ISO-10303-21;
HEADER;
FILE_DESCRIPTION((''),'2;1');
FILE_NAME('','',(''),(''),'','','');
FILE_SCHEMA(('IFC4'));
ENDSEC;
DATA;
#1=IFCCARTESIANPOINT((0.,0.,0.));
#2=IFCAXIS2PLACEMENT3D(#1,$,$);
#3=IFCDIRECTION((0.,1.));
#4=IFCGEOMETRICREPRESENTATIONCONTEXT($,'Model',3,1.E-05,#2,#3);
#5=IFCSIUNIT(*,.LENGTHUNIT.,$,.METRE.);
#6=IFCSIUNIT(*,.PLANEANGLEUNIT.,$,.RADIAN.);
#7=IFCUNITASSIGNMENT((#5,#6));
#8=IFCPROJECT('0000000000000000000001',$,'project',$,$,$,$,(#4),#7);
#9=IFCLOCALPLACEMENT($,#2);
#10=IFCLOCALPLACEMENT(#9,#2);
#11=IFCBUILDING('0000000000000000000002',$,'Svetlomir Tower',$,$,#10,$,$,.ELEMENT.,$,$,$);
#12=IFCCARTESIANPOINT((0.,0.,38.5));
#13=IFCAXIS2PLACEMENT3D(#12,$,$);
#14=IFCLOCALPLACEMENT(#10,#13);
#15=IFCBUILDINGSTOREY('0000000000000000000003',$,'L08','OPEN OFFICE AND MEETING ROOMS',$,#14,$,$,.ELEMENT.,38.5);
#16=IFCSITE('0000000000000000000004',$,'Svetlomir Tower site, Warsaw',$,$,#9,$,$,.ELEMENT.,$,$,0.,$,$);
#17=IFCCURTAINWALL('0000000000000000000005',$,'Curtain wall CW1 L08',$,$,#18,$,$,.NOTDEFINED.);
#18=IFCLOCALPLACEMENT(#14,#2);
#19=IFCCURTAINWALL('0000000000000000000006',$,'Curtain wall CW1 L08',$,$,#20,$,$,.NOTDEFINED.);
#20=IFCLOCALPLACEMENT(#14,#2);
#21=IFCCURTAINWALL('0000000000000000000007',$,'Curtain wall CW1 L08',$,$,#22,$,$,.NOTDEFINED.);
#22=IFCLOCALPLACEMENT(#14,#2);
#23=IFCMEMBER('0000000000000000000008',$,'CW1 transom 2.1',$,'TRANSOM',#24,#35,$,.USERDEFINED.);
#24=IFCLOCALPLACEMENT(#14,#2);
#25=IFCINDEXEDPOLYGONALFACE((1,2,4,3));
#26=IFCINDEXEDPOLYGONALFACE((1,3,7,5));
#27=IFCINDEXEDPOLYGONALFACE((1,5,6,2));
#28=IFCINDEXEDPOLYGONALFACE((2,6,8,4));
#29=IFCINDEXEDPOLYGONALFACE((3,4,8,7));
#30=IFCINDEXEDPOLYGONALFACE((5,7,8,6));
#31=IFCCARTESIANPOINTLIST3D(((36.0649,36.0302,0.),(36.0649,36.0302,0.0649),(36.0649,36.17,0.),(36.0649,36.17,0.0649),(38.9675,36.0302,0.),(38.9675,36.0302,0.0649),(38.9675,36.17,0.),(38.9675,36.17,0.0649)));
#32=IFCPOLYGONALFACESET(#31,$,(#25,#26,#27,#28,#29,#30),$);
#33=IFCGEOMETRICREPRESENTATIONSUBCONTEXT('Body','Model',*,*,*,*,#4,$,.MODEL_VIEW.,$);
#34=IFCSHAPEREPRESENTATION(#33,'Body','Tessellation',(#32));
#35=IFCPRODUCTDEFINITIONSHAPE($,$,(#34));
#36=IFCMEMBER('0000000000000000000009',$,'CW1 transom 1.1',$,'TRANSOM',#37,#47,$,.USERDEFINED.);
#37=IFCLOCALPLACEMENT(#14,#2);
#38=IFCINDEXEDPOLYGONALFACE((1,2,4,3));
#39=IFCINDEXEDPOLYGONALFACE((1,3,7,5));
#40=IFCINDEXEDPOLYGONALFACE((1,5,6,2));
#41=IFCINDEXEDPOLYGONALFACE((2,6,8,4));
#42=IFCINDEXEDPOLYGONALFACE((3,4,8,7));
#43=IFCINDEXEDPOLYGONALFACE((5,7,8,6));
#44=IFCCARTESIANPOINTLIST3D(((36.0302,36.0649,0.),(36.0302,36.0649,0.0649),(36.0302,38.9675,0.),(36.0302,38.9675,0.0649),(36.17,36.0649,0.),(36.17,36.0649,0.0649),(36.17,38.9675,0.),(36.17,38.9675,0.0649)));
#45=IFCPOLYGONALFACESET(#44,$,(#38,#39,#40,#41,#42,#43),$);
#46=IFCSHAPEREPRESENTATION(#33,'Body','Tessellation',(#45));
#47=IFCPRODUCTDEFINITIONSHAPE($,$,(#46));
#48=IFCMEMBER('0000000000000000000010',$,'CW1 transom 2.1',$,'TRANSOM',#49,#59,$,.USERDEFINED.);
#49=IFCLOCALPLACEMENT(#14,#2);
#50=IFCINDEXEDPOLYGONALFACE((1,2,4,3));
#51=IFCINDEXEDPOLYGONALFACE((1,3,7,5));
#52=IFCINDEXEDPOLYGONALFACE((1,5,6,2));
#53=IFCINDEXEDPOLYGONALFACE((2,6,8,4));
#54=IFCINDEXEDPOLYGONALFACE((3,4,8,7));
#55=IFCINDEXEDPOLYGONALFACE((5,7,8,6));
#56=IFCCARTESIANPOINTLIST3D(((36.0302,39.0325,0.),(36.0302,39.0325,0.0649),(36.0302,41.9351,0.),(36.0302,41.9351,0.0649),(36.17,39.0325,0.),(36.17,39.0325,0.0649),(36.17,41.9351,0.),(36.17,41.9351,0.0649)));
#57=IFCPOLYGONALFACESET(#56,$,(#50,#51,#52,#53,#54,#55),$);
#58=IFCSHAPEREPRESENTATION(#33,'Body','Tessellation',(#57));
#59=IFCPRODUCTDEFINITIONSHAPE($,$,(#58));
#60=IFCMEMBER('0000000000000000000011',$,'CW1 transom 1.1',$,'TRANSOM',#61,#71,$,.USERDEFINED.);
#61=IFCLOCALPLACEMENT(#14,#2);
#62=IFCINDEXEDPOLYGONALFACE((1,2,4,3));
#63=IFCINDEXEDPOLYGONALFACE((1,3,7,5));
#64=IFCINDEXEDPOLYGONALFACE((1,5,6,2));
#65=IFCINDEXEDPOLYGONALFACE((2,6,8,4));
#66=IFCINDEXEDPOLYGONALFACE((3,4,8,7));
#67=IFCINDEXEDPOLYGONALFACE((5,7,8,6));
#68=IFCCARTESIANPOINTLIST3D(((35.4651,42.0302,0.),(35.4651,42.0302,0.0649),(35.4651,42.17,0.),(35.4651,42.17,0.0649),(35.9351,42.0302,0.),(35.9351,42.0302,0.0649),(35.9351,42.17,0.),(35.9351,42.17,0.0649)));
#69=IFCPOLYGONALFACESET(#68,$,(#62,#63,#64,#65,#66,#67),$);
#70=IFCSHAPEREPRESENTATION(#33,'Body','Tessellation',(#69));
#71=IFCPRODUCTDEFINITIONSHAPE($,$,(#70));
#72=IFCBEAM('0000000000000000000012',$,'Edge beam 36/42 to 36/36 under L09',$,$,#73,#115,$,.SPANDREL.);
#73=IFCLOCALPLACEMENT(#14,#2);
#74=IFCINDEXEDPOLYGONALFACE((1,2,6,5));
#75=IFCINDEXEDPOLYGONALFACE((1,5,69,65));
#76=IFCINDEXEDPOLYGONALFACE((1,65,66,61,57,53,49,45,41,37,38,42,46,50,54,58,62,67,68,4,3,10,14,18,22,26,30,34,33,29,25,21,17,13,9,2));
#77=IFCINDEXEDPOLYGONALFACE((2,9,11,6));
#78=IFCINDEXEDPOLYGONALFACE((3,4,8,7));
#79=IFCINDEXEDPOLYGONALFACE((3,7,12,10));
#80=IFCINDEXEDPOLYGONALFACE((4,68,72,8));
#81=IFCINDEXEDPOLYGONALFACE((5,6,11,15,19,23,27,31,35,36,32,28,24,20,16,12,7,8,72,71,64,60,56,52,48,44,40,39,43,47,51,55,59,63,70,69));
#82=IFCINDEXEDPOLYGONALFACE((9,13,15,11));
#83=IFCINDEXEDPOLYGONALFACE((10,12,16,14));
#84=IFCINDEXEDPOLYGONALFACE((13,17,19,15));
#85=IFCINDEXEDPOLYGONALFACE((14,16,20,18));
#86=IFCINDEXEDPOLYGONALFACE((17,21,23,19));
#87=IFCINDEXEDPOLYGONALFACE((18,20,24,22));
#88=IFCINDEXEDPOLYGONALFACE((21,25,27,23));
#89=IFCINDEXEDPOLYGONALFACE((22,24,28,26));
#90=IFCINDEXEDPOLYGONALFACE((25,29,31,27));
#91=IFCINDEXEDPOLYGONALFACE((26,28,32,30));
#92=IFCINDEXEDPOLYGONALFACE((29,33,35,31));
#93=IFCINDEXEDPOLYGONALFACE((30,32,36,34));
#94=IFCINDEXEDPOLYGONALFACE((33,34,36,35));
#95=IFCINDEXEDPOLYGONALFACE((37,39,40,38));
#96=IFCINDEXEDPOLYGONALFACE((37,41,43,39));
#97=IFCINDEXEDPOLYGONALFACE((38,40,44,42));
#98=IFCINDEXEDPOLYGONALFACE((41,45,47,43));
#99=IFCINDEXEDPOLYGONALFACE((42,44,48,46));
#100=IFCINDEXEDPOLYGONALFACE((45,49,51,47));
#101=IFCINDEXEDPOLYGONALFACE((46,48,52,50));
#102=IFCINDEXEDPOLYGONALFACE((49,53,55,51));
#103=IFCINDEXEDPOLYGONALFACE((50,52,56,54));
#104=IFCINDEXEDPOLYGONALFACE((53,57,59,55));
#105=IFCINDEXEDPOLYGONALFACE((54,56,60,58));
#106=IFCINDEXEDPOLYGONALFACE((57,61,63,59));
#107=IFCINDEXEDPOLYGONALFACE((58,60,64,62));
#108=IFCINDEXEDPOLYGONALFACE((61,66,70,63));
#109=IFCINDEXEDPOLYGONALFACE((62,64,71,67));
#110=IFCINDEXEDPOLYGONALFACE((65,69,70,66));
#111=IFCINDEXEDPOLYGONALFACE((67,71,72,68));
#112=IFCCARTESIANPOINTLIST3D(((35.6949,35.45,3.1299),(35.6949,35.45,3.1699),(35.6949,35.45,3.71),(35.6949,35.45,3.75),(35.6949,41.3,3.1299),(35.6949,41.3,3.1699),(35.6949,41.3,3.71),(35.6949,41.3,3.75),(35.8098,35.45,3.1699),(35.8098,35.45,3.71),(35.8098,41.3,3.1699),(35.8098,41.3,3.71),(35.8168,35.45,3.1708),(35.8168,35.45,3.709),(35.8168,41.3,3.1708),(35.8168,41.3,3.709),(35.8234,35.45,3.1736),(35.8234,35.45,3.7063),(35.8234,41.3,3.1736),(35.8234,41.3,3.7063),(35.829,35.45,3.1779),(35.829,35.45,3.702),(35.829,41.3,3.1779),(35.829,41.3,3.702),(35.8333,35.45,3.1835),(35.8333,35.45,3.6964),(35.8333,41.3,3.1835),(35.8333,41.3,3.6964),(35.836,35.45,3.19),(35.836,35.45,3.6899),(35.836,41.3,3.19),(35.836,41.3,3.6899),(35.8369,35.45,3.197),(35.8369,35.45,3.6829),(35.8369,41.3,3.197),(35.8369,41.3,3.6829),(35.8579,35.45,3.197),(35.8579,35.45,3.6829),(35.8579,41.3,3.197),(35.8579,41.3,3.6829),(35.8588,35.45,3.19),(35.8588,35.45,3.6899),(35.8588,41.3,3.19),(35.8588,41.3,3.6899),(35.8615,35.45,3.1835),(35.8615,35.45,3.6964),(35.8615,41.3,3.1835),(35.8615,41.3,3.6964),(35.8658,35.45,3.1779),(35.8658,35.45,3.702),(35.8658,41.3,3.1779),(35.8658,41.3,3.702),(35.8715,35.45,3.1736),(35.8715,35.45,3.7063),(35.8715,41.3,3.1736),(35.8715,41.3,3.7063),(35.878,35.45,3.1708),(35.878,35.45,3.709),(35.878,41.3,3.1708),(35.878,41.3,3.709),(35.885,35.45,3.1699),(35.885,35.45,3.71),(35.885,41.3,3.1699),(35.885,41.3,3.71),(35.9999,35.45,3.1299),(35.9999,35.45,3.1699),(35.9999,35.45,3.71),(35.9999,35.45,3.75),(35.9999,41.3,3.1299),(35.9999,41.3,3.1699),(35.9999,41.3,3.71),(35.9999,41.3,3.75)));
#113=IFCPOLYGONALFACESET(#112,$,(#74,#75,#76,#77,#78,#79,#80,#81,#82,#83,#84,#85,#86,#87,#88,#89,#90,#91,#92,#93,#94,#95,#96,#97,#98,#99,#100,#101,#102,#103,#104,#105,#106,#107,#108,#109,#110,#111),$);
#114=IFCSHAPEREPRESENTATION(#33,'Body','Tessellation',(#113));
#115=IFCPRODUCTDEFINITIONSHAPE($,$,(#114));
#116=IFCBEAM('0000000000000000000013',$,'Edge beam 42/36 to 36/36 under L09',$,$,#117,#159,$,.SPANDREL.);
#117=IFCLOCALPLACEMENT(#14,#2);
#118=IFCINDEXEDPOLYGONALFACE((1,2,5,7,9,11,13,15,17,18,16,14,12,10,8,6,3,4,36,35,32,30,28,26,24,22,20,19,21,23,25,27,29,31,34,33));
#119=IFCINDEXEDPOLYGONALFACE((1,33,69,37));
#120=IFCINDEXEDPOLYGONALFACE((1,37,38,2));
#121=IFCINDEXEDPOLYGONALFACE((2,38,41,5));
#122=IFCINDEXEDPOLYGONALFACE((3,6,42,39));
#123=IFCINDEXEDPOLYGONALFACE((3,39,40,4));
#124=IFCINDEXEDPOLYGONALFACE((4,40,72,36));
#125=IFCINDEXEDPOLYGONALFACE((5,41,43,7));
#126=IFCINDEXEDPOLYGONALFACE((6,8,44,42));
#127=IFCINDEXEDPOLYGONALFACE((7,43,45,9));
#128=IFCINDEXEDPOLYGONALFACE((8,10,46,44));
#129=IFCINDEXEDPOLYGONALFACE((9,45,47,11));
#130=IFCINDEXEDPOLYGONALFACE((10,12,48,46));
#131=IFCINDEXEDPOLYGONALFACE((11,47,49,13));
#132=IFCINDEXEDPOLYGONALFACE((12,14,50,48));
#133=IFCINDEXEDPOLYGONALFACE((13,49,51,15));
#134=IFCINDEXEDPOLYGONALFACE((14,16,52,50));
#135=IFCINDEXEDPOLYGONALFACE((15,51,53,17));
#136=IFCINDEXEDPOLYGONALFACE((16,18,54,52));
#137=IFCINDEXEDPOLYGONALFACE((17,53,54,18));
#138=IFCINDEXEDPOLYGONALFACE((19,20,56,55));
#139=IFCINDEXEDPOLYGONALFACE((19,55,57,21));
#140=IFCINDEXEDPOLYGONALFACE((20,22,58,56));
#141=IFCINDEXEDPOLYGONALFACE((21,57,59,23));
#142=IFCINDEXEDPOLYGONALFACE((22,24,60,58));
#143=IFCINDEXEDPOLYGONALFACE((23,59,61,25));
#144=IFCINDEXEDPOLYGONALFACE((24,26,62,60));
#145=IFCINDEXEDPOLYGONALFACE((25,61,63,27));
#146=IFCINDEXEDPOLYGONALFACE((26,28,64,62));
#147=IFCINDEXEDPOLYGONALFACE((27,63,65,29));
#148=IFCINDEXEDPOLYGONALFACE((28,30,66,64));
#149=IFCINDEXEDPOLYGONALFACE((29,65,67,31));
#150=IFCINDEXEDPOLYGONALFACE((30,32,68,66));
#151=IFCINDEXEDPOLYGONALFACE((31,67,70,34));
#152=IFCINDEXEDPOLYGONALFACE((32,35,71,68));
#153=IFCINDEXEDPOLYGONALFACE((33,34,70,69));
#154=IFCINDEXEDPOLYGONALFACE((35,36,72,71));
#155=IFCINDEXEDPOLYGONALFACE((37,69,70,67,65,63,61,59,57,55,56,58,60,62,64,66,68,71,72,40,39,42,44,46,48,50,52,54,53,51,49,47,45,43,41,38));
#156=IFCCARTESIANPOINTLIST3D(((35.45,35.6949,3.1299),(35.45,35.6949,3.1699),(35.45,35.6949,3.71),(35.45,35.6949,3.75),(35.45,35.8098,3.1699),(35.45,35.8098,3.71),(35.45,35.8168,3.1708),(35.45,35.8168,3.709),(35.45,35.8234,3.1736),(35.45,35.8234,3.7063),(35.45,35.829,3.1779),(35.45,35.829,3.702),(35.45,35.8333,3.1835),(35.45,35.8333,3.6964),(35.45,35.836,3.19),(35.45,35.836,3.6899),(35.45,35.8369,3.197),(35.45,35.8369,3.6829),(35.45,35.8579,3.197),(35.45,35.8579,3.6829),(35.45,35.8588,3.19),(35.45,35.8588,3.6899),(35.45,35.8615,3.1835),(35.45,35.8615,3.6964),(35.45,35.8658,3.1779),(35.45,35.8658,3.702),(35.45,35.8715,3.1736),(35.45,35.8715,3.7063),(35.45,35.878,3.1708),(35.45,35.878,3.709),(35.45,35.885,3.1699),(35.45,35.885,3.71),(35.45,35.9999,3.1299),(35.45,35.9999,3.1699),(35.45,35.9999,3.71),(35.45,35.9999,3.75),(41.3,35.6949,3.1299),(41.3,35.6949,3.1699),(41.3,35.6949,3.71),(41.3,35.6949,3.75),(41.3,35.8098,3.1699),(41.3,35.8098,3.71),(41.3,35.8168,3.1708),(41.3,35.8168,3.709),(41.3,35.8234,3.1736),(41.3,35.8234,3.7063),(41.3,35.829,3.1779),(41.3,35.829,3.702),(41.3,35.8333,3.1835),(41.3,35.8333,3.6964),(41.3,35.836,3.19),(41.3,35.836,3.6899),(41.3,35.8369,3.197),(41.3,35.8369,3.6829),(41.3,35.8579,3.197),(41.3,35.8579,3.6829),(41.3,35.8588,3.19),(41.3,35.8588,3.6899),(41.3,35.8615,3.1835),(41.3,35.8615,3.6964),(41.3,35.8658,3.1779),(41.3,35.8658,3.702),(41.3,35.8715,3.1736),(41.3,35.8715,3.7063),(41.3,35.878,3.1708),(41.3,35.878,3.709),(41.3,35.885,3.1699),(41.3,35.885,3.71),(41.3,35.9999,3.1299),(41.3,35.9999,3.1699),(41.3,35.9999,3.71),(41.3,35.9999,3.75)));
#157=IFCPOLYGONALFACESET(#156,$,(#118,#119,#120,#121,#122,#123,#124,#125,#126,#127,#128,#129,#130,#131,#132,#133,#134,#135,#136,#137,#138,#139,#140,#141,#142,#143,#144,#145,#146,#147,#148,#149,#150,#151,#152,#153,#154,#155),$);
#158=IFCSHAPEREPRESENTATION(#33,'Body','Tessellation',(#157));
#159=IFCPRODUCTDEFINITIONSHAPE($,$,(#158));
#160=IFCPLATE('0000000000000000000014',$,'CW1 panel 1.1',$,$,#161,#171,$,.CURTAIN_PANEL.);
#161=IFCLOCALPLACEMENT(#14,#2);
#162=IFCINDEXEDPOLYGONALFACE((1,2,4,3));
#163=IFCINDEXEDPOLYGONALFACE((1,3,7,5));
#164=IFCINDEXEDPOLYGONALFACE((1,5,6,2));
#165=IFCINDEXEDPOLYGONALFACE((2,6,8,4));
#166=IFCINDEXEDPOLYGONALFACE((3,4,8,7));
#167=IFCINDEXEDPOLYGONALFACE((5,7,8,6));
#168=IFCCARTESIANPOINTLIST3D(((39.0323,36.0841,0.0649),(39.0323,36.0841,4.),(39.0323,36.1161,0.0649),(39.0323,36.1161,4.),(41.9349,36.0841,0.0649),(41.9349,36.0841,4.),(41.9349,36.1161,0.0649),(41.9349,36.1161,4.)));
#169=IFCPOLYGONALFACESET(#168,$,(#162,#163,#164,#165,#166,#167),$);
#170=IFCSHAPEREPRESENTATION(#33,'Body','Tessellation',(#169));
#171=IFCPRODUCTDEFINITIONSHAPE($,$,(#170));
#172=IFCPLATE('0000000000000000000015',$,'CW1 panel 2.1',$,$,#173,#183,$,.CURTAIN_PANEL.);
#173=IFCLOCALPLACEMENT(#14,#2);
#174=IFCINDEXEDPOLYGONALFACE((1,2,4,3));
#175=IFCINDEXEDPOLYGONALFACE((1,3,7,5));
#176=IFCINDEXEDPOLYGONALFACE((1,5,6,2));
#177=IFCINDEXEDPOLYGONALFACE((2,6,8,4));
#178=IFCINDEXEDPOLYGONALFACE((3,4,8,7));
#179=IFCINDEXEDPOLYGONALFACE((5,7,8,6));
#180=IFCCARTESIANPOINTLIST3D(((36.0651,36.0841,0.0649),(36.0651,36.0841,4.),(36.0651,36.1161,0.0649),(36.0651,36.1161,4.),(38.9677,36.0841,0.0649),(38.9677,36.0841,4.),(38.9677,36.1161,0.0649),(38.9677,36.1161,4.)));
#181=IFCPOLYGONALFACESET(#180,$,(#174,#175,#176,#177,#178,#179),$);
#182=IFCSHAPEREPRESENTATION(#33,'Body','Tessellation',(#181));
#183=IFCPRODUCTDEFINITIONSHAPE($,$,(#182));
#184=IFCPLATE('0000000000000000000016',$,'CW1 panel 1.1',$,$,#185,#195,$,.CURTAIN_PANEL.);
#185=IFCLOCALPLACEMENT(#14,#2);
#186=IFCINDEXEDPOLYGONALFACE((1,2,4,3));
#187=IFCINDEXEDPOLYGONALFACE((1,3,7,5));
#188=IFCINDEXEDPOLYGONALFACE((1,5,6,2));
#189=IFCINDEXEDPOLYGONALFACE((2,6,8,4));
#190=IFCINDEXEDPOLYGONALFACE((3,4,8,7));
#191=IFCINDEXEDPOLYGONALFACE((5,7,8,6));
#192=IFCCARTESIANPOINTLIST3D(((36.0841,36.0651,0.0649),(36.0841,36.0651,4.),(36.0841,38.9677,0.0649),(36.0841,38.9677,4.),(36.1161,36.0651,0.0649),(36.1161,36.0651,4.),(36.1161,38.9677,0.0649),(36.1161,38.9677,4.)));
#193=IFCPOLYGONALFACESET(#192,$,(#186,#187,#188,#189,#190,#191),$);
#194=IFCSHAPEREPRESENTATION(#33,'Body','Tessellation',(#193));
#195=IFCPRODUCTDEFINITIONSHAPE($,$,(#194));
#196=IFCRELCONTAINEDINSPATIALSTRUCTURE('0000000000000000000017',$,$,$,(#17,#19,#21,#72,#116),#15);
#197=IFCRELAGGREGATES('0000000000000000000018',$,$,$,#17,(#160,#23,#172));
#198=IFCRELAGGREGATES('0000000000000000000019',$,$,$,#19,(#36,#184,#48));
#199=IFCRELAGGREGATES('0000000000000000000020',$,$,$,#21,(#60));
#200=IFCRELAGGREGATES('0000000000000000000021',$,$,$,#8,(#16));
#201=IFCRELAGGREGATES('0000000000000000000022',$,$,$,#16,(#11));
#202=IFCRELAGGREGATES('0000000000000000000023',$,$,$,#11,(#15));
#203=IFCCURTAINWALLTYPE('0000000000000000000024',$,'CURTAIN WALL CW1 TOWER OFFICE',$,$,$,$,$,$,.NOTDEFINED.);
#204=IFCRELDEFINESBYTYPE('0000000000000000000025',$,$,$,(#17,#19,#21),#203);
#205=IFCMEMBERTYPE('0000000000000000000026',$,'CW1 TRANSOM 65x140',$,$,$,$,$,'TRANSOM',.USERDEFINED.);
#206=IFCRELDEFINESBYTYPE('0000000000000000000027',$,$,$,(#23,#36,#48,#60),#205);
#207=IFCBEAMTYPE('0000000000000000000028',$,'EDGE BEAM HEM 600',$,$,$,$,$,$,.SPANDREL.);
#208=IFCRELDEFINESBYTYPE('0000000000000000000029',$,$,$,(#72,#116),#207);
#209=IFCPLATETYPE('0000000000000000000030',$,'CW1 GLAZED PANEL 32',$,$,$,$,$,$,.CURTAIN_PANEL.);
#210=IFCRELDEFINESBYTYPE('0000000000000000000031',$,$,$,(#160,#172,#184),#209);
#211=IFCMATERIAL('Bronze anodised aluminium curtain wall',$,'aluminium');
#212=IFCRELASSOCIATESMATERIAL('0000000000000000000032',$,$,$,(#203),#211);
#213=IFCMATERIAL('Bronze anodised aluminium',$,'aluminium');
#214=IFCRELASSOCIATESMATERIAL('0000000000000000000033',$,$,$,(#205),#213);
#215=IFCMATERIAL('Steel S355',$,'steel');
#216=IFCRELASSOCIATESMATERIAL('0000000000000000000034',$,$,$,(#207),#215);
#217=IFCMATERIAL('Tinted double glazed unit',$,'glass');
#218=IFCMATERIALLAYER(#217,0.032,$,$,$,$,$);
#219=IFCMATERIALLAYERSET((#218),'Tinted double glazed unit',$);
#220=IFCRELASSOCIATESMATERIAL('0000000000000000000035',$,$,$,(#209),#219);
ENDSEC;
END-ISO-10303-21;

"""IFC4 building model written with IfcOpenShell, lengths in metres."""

from ifc_helpers import new_model, si_unit, direction, frame, origin, origin_2d, place, context, subcontext, project, spatial, rectangle, i_section, extrude, material, layer, layer_set, material_profile, profile_set, type_object, element, aggregate, save


model = new_model("IFC4")

# Units and contexts
model_context = context("Model", 3, precision=1e-05, world=origin(), true_north=direction((0.0, 1.0)))
body_context = subcontext(model_context, "Body", "Model", "MODEL_VIEW")
ifc_project = project(units=[si_unit("LENGTHUNIT", "METRE"), si_unit("PLANEANGLEUNIT", "RADIAN")], contexts=[model_context])

# Site, building, storey
site_placement = place(None, origin())
site = spatial("IfcSite", under=ifc_project, at=site_placement, Name="Svetlomir Tower site, Warsaw", CompositionType="ELEMENT", RefElevation=0.0)
building_placement = place(site_placement, origin())
building = spatial("IfcBuilding", under=site, at=building_placement, Name="Svetlomir Tower", CompositionType="ELEMENT")
storey_placement = place(building_placement, frame((0.0, 0.0, 38.5)))
storey = spatial("IfcBuildingStorey", under=building, at=storey_placement, Name="L08", Description="OPEN OFFICE AND MEETING ROOMS", CompositionType="ELEMENT", Elevation=38.5)

# Shared definitions
ifc_material_1 = material(Name="Bronze anodised aluminium curtain wall", Category="aluminium")
curtain_wall_type = type_object("IfcCurtainWallType", Name="CURTAIN WALL CW1 TOWER OFFICE", PredefinedType="NOTDEFINED", material=ifc_material_1)

# Curtain walls
curtain_wall_1_placement = place(storey_placement, origin())
curtain_wall_1 = element("IfcCurtainWall", 1, at=curtain_wall_1_placement, inside=storey, type_object=curtain_wall_type, Name="Curtain wall CW1 L08", PredefinedType="NOTDEFINED")
curtain_wall_2_placement = place(storey_placement, origin())
curtain_wall_2 = element("IfcCurtainWall", 2, at=curtain_wall_2_placement, inside=storey, type_object=curtain_wall_type, Name="Curtain wall CW1 L08", PredefinedType="NOTDEFINED")
curtain_wall_3_placement = place(storey_placement, origin())
curtain_wall_3 = element("IfcCurtainWall", 3, at=curtain_wall_3_placement, inside=storey, type_object=curtain_wall_type, Name="Curtain wall CW1 L08", PredefinedType="NOTDEFINED")

# Members
ifc_material_2 = material(Name="Bronze anodised aluminium", Category="aluminium")
ifc_material_profile_1 = material_profile(ifc_material_2, rectangle(XDim=0.1399, YDim=0.0649, at=origin_2d()), Name="AL 140x65")
ifc_profile_set_1 = profile_set([ifc_material_profile_1], Name="Bronze anodised aluminium 6063-T6")
member_type_1 = type_object("IfcMemberType", Name="CW1 TRANSOM 65x140", ElementType="TRANSOM", PredefinedType="USERDEFINED", material=ifc_profile_set_1)
member_1_placement = place(storey_placement, frame((38.9675, 36.1001, 0.0325), z_axis=(-1.0, 0.0, 0.0), x_axis=(0.0, -1.0, 0.0)))
member_1 = element("IfcMember", 4, at=member_1_placement, type_object=member_type_1, Name="CW1 transom 2.1", ObjectType="TRANSOM", PredefinedType="USERDEFINED", context=body_context, shape_type="SweptSolid", body=[
    extrude(rectangle(XDim=0.1399, YDim=0.0649, at=origin_2d()), origin(), (0.0, 0.0, 1.0), 2.9026),
])
member_2_placement = place(storey_placement, frame((36.1001, 36.0649, 0.0325), z_axis=(0.0, 1.0, 0.0), x_axis=(-1.0, 0.0, 0.0)))
member_2 = element("IfcMember", 5, at=member_2_placement, type_object=member_type_1, Name="CW1 transom 1.1", ObjectType="TRANSOM", PredefinedType="USERDEFINED", context=body_context, shape_type="SweptSolid", body=[
    extrude(rectangle(XDim=0.1399, YDim=0.0649, at=origin_2d()), origin(), (0.0, 0.0, 1.0), 2.9026),
])
member_3_placement = place(storey_placement, frame((36.1001, 39.0325, 0.0325), z_axis=(0.0, 1.0, 0.0), x_axis=(-1.0, 0.0, 0.0)))
member_3 = element("IfcMember", 6, at=member_3_placement, type_object=member_type_1, Name="CW1 transom 2.1", ObjectType="TRANSOM", PredefinedType="USERDEFINED", context=body_context, shape_type="SweptSolid", body=[
    extrude(rectangle(XDim=0.1399, YDim=0.0649, at=origin_2d()), origin(), (0.0, 0.0, 1.0), 2.9026),
])
member_4_placement = place(storey_placement, frame((35.9351, 42.1001, 0.0325), z_axis=(-1.0, 0.0, 0.0), x_axis=(0.0, -1.0, 0.0)))
member_4 = element("IfcMember", 7, at=member_4_placement, type_object=member_type_1, Name="CW1 transom 1.1", ObjectType="TRANSOM", PredefinedType="USERDEFINED", context=body_context, shape_type="SweptSolid", body=[
    extrude(rectangle(XDim=0.1399, YDim=0.0649, at=origin_2d()), origin(), (0.0, 0.0, 1.0), 0.47),
])

# Beams
ifc_material_3 = material(Name="Steel S355", Category="steel")
ifc_material_profile_2 = material_profile(ifc_material_3, i_section(OverallWidth=0.3049, OverallDepth=0.6201, WebThickness=0.021, FlangeThickness=0.04, FilletRadius=0.0271, at=origin_2d()), Name="HEM 600")
ifc_profile_set_2 = profile_set([ifc_material_profile_2], Name="Steel S355")
beam_type_1 = type_object("IfcBeamType", Name="EDGE BEAM HEM 600", PredefinedType="SPANDREL", material=ifc_profile_set_2)
for number, where, z_axis, x_axis, name in (
    (8, (35.8474, 41.3, 3.4399), (0.0, -1.0, 0.0), (1.0, 0.0, 0.0), "Edge beam 36/42 to 36/36 under L09"),
    (9, (41.3, 35.8474, 3.4399), (-1.0, 0.0, 0.0), (0.0, -1.0, 0.0), "Edge beam 42/36 to 36/36 under L09"),
):
    element("IfcBeam", number, at=place(storey_placement, frame(where, z_axis=z_axis, x_axis=x_axis)), inside=storey, type_object=beam_type_1, Name=name, PredefinedType="SPANDREL", context=body_context, shape_type="SweptSolid", body=[
        extrude(i_section(OverallWidth=0.3049, OverallDepth=0.6201, WebThickness=0.021, FlangeThickness=0.04, FilletRadius=0.0271, at=origin_2d()), origin(), (0.0, 0.0, 1.0), 5.8501),
    ])

# Plates
ifc_material_4 = material(Name="Tinted double glazed unit", Category="glass")
ifc_layer_1 = layer(ifc_material_4, 0.032)
ifc_layer_set_1 = layer_set([ifc_layer_1], Name="Tinted double glazed unit")
plate_type = type_object("IfcPlateType", Name="CW1 GLAZED PANEL 32", PredefinedType="CURTAIN_PANEL", material=ifc_layer_set_1)
plate_1_placement = place(storey_placement, frame((40.4836, 36.1001, 0.0649), z_axis=(0.0, 0.0, 1.0), x_axis=(-1.0, 0.0, 0.0)))
plate_1 = element("IfcPlate", 10, at=plate_1_placement, type_object=plate_type, Name="CW1 panel 1.1", PredefinedType="CURTAIN_PANEL", context=body_context, shape_type="SweptSolid", body=[
    extrude(rectangle(XDim=2.9026, YDim=0.032, at=origin_2d()), origin(), (0.0, 0.0, 1.0), 3.9351),
])
plate_2_placement = place(storey_placement, frame((37.5164, 36.1001, 0.0649), z_axis=(0.0, 0.0, 1.0), x_axis=(-1.0, 0.0, 0.0)))
plate_2 = element("IfcPlate", 11, at=plate_2_placement, type_object=plate_type, Name="CW1 panel 2.1", PredefinedType="CURTAIN_PANEL", context=body_context, shape_type="SweptSolid", body=[
    extrude(rectangle(XDim=2.9026, YDim=0.032, at=origin_2d()), origin(), (0.0, 0.0, 1.0), 3.9351),
])
aggregate(curtain_wall_1, [plate_1, member_1, plate_2])
plate_3_placement = place(storey_placement, frame((36.1001, 37.5164, 0.0649), z_axis=(0.0, 0.0, 1.0), x_axis=(0.0, 1.0, 0.0)))
plate_3 = element("IfcPlate", 12, at=plate_3_placement, type_object=plate_type, Name="CW1 panel 1.1", PredefinedType="CURTAIN_PANEL", context=body_context, shape_type="SweptSolid", body=[
    extrude(rectangle(XDim=2.9026, YDim=0.032, at=origin_2d()), origin(), (0.0, 0.0, 1.0), 3.9351),
])
aggregate(curtain_wall_2, [member_2, plate_3, member_3])
aggregate(curtain_wall_3, [member_4])

save(model, "model.ifc")
